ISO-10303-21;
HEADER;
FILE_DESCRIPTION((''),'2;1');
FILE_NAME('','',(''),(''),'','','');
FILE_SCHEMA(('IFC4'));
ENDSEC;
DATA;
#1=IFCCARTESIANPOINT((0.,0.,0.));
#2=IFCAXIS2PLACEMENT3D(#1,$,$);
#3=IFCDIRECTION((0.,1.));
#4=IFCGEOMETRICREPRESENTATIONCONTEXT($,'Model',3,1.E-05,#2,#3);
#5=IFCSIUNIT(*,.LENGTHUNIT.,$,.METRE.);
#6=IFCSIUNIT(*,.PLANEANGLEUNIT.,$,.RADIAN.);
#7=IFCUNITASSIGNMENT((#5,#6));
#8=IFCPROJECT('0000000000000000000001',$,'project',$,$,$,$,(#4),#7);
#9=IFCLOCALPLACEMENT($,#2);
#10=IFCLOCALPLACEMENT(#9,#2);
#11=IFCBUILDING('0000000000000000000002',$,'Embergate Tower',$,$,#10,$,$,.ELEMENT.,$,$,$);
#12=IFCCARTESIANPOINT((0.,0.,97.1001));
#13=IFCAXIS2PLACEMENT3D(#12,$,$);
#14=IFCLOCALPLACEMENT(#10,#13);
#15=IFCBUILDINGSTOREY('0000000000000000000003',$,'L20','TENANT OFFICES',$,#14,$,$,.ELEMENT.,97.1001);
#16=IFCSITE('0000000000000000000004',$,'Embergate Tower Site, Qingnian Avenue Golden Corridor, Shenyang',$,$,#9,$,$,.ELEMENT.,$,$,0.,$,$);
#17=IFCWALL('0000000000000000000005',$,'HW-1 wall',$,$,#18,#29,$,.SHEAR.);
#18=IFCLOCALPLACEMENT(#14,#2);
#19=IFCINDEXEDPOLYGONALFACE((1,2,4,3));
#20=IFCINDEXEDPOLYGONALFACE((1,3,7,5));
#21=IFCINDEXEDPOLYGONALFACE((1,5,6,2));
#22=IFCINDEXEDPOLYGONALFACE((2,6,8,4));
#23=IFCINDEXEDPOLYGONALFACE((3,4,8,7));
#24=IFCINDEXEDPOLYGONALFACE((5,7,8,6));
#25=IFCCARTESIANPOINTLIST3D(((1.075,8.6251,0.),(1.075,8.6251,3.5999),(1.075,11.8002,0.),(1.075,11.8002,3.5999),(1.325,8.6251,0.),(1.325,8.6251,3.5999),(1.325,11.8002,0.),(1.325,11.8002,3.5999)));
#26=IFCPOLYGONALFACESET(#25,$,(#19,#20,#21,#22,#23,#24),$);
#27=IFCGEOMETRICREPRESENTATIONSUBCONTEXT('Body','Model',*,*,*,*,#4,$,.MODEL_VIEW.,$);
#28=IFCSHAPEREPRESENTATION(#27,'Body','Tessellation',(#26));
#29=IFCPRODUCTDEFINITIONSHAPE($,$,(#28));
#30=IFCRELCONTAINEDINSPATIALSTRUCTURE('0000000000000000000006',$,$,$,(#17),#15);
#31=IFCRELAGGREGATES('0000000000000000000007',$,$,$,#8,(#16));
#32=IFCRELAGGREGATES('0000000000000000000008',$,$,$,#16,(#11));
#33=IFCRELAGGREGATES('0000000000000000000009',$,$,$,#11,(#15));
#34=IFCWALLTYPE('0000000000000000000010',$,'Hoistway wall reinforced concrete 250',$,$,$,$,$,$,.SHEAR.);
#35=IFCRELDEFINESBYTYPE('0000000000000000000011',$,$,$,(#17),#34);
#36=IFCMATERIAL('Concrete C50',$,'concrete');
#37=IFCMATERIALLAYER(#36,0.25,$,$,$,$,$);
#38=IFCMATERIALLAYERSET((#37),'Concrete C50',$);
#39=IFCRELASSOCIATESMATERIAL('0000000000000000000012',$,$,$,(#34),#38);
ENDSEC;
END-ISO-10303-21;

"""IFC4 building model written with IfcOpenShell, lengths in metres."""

from ifc_helpers import new_model, si_unit, direction, frame, frame_2d, origin, place, context, subcontext, project, spatial, rectangle, extrude, source, transform, mapped, material, layer, layer_set, type_object, element, save


model = new_model("IFC4")

# Units and contexts
model_context = context("Model", 3, precision=1e-05, world=origin(), true_north=direction((0.0, 1.0)))
body_context = subcontext(model_context, "Body", "Model", "MODEL_VIEW")
ifc_project = project(units=[si_unit("LENGTHUNIT", "METRE"), si_unit("PLANEANGLEUNIT", "RADIAN")], contexts=[model_context])

# Site, building, storey
site_placement = place(None, origin())
site = spatial("IfcSite", under=ifc_project, at=site_placement, Name="Embergate Tower Site, Qingnian Avenue Golden Corridor, Shenyang", CompositionType="ELEMENT", RefElevation=0.0)
building_placement = place(site_placement, origin())
building = spatial("IfcBuilding", under=site, at=building_placement, Name="Embergate Tower", CompositionType="ELEMENT")
storey_placement = place(building_placement, frame((0.0, 0.0, 97.1001)))
storey = spatial("IfcBuildingStorey", under=building, at=storey_placement, Name="L20", Description="TENANT OFFICES", CompositionType="ELEMENT", Elevation=97.1001)

# Wall
ifc_material_1 = material(Name="Concrete C50", Category="concrete")
ifc_layer_1 = layer(ifc_material_1, 0.25)
ifc_layer_set_1 = layer_set([ifc_layer_1], Name="Concrete C50")
wall_type_1 = type_object("IfcWallType", Name="Hoistway wall reinforced concrete 250", PredefinedType="SHEAR", material=ifc_layer_set_1)
shared_shape_1 = source(origin(), body_context, "Body", "SweptSolid", [
    extrude(rectangle(XDim=3.175, YDim=0.25, at=frame_2d((1.5874, 0.0))), origin(), (0.0, 0.0, 1.0), 3.5999),
])
wall_1_placement = place(storey_placement, frame((1.2, 11.8, 0.0), z_axis=(0.0, 0.0, 1.0), x_axis=(0.0, -1.0, 0.0)))
element("IfcWall", 1, at=wall_1_placement, inside=storey, type_object=wall_type_1, Name="HW-1 wall", PredefinedType="SHEAR", context=body_context, shape_type="MappedRepresentation", body=[
    mapped(shared_shape_1, transform((0.0, 0.0, 0.0))),
])

save(model, "model.ifc")
